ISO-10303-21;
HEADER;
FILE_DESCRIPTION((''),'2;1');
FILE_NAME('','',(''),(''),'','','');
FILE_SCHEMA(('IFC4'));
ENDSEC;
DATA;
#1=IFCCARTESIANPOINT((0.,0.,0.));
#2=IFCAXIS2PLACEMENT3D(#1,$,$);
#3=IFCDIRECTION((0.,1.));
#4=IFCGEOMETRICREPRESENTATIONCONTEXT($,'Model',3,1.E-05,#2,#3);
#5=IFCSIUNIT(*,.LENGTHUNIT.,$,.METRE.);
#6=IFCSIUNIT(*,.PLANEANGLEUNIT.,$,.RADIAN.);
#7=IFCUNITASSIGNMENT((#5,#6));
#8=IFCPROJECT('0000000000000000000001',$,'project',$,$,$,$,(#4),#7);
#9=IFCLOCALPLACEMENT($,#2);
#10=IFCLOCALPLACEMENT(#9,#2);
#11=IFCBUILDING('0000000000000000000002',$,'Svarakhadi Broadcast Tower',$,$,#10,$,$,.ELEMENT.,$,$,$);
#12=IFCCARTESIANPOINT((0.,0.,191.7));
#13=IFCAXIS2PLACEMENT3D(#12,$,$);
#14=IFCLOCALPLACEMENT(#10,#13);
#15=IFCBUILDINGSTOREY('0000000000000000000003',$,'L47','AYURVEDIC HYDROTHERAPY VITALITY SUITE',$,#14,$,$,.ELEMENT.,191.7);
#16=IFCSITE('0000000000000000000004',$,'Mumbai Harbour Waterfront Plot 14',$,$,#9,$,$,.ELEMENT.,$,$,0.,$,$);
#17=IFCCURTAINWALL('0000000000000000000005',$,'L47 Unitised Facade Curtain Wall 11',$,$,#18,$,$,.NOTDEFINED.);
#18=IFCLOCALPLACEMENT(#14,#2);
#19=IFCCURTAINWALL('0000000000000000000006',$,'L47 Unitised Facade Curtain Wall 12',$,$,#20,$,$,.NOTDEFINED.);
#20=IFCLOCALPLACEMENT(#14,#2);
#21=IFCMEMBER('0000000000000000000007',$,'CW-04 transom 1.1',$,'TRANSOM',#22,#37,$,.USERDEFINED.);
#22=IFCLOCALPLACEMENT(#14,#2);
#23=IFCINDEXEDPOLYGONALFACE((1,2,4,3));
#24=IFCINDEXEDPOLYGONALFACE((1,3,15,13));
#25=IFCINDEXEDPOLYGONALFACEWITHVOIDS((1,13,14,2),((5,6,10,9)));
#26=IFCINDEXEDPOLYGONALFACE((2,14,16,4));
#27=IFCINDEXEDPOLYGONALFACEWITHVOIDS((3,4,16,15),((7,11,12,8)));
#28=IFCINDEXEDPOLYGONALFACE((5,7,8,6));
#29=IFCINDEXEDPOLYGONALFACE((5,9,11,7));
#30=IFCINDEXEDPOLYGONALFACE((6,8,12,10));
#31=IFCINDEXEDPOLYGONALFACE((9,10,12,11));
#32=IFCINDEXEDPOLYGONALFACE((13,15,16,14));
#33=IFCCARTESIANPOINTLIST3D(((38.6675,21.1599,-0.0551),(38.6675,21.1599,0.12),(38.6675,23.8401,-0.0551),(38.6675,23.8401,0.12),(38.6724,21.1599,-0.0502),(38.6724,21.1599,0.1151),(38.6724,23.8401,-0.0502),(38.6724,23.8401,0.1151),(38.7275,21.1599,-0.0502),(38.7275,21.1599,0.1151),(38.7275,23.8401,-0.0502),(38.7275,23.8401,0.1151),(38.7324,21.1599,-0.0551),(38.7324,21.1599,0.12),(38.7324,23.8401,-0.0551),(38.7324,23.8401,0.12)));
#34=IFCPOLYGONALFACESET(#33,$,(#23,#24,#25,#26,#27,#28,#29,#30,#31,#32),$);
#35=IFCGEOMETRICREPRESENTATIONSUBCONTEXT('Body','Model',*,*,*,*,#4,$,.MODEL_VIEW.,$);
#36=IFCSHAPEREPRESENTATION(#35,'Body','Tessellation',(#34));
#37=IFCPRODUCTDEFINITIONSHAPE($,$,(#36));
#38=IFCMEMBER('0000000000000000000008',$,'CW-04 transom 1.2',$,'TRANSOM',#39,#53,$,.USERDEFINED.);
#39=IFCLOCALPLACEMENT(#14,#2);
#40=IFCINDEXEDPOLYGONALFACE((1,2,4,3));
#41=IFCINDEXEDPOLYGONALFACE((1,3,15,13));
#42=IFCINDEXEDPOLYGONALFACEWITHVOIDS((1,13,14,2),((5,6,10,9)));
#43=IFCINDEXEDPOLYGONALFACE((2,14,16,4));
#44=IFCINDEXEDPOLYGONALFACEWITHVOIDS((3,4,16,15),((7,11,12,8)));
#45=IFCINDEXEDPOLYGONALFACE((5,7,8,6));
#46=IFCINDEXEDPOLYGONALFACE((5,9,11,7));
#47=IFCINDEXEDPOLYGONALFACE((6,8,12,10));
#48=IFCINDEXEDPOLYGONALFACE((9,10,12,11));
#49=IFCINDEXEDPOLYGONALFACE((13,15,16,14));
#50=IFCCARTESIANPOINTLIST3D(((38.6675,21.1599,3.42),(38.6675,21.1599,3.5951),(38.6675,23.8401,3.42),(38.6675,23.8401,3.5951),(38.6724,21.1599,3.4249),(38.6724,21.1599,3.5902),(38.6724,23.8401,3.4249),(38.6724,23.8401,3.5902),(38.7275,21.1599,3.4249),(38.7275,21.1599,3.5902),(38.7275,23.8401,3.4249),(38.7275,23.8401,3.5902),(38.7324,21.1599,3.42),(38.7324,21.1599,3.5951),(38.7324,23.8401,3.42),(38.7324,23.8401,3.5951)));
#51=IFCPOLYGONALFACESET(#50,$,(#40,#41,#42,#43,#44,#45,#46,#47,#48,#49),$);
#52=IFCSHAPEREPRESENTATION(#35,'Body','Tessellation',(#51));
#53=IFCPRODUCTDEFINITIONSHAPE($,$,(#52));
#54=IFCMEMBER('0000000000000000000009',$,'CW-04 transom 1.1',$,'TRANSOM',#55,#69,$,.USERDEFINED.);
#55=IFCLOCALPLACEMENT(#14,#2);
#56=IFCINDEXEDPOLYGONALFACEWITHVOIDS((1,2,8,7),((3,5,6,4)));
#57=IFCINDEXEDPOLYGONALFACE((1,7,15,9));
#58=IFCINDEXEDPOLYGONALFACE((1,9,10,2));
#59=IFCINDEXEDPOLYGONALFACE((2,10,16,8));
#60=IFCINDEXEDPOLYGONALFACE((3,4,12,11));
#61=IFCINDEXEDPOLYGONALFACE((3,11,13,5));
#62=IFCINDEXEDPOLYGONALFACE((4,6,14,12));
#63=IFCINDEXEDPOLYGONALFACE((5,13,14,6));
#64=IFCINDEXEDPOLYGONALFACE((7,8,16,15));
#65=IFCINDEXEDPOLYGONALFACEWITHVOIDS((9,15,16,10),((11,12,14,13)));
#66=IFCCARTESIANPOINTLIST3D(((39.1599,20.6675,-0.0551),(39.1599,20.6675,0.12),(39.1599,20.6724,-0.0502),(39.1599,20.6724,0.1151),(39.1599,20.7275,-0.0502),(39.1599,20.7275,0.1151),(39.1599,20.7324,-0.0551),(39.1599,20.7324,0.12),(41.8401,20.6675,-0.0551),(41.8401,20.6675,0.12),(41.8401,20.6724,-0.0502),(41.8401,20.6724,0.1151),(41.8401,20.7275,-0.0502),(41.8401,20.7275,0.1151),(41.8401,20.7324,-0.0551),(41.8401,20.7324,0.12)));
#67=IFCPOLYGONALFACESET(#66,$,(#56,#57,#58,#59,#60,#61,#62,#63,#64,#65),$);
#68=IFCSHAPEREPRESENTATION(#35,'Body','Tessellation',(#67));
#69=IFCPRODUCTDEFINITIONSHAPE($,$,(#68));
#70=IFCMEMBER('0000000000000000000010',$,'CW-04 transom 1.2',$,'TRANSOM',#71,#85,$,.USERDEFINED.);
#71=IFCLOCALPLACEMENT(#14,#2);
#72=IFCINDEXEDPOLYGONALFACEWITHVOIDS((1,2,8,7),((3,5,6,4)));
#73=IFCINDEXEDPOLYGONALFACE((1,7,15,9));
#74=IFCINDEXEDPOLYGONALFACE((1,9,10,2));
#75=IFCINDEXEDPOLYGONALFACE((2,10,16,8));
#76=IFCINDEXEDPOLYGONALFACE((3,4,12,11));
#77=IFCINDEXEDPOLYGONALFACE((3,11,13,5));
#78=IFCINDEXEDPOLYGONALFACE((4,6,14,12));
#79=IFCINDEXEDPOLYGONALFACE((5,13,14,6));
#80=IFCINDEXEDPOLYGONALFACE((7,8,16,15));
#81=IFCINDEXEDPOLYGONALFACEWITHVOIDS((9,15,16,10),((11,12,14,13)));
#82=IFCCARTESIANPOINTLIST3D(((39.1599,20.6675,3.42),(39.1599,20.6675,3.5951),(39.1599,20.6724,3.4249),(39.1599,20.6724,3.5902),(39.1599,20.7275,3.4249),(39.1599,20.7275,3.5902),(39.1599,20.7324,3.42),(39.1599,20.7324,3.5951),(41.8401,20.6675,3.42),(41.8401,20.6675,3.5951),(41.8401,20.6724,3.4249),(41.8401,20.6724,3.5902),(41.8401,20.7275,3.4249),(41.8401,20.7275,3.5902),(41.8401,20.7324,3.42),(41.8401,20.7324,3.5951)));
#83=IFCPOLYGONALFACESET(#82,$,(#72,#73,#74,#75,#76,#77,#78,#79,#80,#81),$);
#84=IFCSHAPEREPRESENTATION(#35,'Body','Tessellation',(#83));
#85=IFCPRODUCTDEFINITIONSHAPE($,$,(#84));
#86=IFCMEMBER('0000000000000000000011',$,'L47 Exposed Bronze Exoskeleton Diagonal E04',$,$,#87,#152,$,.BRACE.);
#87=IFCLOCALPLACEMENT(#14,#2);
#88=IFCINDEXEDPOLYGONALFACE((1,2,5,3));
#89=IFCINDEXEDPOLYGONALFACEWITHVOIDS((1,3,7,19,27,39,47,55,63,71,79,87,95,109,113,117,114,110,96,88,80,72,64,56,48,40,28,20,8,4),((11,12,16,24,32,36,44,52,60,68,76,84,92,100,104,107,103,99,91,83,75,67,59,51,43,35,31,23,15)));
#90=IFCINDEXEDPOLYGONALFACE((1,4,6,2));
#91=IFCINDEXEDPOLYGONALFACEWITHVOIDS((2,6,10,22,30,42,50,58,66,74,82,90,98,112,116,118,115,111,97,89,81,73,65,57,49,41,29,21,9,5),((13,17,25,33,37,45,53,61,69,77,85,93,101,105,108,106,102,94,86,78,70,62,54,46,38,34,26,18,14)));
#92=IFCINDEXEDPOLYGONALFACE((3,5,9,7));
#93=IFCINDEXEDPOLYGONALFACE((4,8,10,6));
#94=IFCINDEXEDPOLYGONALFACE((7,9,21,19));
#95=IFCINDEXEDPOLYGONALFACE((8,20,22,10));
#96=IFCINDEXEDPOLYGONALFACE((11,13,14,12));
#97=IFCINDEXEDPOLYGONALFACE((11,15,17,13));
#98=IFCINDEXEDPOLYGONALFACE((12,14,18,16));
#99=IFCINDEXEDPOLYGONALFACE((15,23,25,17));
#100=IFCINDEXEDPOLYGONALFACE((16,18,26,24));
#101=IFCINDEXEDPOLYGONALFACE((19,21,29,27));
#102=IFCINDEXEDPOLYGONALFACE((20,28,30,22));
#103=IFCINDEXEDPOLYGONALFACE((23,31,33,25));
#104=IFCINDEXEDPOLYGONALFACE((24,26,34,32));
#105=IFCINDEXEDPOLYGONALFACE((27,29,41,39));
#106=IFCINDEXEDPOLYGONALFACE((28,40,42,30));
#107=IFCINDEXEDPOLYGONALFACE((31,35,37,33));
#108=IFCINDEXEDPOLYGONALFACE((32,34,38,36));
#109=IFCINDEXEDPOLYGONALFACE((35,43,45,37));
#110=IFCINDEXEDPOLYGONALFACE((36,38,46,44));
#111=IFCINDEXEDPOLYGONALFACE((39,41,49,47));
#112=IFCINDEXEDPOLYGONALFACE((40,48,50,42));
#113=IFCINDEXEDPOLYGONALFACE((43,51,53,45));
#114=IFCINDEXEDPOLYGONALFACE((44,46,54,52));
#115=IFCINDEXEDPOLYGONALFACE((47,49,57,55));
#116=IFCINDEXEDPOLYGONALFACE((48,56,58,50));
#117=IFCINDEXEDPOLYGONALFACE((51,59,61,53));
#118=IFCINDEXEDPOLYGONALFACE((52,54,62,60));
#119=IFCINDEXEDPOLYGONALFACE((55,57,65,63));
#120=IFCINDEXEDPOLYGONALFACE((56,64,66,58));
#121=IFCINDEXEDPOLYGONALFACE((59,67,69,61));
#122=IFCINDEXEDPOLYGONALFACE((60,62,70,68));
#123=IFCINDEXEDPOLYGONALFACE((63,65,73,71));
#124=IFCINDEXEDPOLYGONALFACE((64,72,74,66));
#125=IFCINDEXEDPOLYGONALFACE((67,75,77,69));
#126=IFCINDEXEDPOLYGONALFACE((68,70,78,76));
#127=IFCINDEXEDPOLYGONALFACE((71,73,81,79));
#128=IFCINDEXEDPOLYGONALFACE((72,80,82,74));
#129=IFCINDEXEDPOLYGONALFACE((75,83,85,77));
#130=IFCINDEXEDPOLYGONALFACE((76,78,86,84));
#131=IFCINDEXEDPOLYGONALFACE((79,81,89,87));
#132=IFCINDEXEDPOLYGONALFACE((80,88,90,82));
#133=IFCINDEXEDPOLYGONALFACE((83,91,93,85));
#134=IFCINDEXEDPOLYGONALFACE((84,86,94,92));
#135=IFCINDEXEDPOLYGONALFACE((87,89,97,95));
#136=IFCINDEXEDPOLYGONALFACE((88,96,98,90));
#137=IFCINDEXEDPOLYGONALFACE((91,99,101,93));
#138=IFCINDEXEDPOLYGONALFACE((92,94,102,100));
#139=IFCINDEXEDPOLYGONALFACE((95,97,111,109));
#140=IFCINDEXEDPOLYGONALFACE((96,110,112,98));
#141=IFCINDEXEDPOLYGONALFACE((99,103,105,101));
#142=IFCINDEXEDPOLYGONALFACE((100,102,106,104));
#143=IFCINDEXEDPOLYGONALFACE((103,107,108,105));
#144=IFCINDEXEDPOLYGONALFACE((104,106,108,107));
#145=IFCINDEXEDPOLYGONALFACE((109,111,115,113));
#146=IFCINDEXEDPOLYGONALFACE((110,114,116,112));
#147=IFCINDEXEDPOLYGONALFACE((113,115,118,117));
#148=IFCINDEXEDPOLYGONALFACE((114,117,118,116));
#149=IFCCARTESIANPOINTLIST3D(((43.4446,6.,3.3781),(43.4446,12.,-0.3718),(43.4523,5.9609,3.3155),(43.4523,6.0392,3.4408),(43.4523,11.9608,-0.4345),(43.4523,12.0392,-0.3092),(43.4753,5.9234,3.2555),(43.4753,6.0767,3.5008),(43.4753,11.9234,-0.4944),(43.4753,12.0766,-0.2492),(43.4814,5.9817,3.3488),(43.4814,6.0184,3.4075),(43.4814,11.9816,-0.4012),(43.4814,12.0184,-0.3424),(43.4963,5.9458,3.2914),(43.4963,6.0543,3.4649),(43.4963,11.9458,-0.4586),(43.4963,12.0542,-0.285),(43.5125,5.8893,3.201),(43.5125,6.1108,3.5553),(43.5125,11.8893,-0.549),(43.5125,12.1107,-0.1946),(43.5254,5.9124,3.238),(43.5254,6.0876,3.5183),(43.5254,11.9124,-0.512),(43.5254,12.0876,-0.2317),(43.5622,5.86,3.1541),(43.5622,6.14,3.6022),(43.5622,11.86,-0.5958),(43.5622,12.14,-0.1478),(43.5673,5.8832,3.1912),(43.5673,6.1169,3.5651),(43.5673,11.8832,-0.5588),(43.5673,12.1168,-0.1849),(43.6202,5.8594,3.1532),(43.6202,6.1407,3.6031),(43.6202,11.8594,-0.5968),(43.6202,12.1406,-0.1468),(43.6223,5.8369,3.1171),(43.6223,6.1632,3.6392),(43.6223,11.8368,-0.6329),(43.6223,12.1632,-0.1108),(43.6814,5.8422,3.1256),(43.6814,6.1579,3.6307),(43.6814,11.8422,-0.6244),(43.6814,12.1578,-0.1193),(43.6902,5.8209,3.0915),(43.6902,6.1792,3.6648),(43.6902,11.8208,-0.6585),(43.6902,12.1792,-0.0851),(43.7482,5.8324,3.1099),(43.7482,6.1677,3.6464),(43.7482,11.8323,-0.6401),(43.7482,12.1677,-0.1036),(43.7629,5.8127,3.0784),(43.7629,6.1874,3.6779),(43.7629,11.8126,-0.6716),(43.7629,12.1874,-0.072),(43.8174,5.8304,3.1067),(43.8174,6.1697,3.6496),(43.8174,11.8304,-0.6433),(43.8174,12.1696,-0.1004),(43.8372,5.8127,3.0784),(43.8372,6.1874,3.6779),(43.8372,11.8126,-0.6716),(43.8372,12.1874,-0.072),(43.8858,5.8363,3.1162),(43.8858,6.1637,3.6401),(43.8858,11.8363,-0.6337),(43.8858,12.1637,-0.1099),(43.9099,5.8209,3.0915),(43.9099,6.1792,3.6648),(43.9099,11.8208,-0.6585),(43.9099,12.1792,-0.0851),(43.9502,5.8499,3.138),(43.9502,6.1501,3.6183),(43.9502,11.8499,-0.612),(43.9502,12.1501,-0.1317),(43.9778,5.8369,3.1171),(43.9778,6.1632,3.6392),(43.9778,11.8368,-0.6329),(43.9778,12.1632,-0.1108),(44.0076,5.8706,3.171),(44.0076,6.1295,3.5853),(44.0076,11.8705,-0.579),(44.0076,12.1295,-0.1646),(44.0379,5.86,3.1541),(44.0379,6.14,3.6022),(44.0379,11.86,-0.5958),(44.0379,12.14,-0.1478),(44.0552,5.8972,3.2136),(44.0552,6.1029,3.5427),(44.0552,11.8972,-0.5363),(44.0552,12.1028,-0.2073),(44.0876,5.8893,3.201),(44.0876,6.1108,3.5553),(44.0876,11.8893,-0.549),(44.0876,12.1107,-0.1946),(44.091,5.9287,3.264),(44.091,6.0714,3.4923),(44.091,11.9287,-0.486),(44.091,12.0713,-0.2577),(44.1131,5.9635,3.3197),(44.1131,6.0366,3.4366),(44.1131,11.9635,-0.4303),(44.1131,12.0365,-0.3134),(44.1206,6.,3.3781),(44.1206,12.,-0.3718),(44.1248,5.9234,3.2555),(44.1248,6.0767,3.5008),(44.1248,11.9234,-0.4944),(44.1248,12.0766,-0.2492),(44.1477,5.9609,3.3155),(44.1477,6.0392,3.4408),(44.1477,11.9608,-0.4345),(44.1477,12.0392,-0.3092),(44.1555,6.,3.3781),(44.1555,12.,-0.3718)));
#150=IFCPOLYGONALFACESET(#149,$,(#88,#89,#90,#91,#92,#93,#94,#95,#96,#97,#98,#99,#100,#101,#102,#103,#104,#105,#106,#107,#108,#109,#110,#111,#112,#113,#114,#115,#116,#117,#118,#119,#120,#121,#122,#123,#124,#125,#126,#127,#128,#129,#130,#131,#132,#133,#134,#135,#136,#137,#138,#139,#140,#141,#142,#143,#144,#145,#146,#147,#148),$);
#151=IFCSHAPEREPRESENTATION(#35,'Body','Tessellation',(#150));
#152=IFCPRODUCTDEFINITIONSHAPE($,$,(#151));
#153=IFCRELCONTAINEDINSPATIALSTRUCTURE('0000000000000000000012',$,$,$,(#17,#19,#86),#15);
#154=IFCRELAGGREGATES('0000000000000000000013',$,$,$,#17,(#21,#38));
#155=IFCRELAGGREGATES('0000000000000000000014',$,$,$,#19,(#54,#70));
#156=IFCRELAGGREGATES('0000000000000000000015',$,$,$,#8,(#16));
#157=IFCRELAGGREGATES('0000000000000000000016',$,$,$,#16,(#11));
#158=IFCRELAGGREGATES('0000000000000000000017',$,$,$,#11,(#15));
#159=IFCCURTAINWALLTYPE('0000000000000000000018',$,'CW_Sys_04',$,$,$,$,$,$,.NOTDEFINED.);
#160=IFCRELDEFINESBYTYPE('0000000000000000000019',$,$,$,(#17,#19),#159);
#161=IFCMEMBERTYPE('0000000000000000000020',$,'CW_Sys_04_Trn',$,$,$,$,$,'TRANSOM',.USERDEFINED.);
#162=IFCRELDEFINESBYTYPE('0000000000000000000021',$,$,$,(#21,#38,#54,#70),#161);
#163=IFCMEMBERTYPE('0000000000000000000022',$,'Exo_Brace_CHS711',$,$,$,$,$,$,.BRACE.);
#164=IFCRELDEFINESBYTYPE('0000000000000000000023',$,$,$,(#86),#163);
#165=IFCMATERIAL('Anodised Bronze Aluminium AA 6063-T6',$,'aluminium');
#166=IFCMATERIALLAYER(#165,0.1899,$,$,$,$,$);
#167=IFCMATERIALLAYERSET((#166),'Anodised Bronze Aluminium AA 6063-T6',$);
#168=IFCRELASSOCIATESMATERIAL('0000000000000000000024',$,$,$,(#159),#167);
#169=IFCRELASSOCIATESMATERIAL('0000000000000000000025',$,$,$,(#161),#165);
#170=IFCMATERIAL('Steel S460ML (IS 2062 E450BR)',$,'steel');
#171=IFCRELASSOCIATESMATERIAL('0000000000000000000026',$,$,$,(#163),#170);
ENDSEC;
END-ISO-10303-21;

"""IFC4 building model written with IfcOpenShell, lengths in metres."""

from ifc_helpers import new_model, si_unit, direction, frame, origin, origin_2d, place, context, subcontext, project, spatial, hollow_rectangle, hollow_circle, extrude, material, layer, layer_set, material_profile, profile_set, type_object, element, aggregate, save


model = new_model("IFC4")

# Units and contexts
model_context = context("Model", 3, precision=1e-05, world=origin(), true_north=direction((0.0, 1.0)))
body_context = subcontext(model_context, "Body", "Model", "MODEL_VIEW")
ifc_project = project(units=[si_unit("LENGTHUNIT", "METRE"), si_unit("PLANEANGLEUNIT", "RADIAN")], contexts=[model_context])

# Site, building, storey
site_placement = place(None, origin())
site = spatial("IfcSite", under=ifc_project, at=site_placement, Name="Mumbai Harbour Waterfront Plot 14", CompositionType="ELEMENT", RefElevation=0.0)
building_placement = place(site_placement, origin())
building = spatial("IfcBuilding", under=site, at=building_placement, Name="Svarakhadi Broadcast Tower", CompositionType="ELEMENT")
storey_placement = place(building_placement, frame((0.0, 0.0, 191.7)))
storey = spatial("IfcBuildingStorey", under=building, at=storey_placement, Name="L47", Description="AYURVEDIC HYDROTHERAPY VITALITY SUITE", CompositionType="ELEMENT", Elevation=191.7)

# Shared definitions
ifc_material_1 = material(Name="Steel S460ML (IS 2062 E450BR)", Category="steel")

# Shared definitions
ifc_material_2 = material(Name="Anodised Bronze Aluminium AA 6063-T6", Category="aluminium")
ifc_layer_1 = layer(ifc_material_2, 0.1899)
ifc_layer_set_1 = layer_set([ifc_layer_1], Name="Anodised Bronze Aluminium AA 6063-T6")
curtain_wall_type = type_object("IfcCurtainWallType", Name="CW_Sys_04", PredefinedType="NOTDEFINED", material=ifc_layer_set_1)

# Curtain walls
curtain_wall_1_placement = place(storey_placement, origin())
curtain_wall_1 = element("IfcCurtainWall", 1, at=curtain_wall_1_placement, inside=storey, type_object=curtain_wall_type, Name="L47 Unitised Facade Curtain Wall 11", PredefinedType="NOTDEFINED")
curtain_wall_2_placement = place(storey_placement, origin())
curtain_wall_2 = element("IfcCurtainWall", 2, at=curtain_wall_2_placement, inside=storey, type_object=curtain_wall_type, Name="L47 Unitised Facade Curtain Wall 12", PredefinedType="NOTDEFINED")

# Members
ifc_material_profile_1 = material_profile(ifc_material_2, hollow_rectangle(XDim=0.0649, YDim=0.175, WallThickness=0.0049, at=origin_2d()), Name="ALU TRANSOM 175x65x5")
ifc_profile_set_1 = profile_set([ifc_material_profile_1], Name="Anodised Bronze Aluminium AA 6063-T6")
member_type_1 = type_object("IfcMemberType", Name="CW_Sys_04_Trn", ElementType="TRANSOM", PredefinedType="USERDEFINED", material=ifc_profile_set_1)
member_1_placement = place(storey_placement, frame((38.7, 23.8401, 0.0325), z_axis=(0.0, -1.0, 0.0), x_axis=(1.0, 0.0, 0.0)))
member_1 = element("IfcMember", 3, at=member_1_placement, type_object=member_type_1, Name="CW-04 transom 1.1", ObjectType="TRANSOM", PredefinedType="USERDEFINED", context=body_context, shape_type="SweptSolid", body=[
    extrude(hollow_rectangle(XDim=0.0649, YDim=0.175, WallThickness=0.0049, at=origin_2d()), origin(), (0.0, 0.0, 1.0), 2.6802),
])
member_2_placement = place(storey_placement, frame((38.7, 23.8401, 3.5076), z_axis=(0.0, -1.0, 0.0), x_axis=(1.0, 0.0, 0.0)))
member_2 = element("IfcMember", 4, at=member_2_placement, type_object=member_type_1, Name="CW-04 transom 1.2", ObjectType="TRANSOM", PredefinedType="USERDEFINED", context=body_context, shape_type="SweptSolid", body=[
    extrude(hollow_rectangle(XDim=0.0649, YDim=0.175, WallThickness=0.0049, at=origin_2d()), origin(), (0.0, 0.0, 1.0), 2.6802),
])
member_3_placement = place(storey_placement, frame((39.1599, 20.7, 0.0325), z_axis=(1.0, 0.0, 0.0), x_axis=(0.0, 1.0, 0.0)))
member_3 = element("IfcMember", 5, at=member_3_placement, type_object=member_type_1, Name="CW-04 transom 1.1", ObjectType="TRANSOM", PredefinedType="USERDEFINED", context=body_context, shape_type="SweptSolid", body=[
    extrude(hollow_rectangle(XDim=0.0649, YDim=0.175, WallThickness=0.0049, at=origin_2d()), origin(), (0.0, 0.0, 1.0), 2.6802),
])
member_4_placement = place(storey_placement, frame((39.1599, 20.7, 3.5076), z_axis=(1.0, 0.0, 0.0), x_axis=(0.0, 1.0, 0.0)))
member_4 = element("IfcMember", 6, at=member_4_placement, type_object=member_type_1, Name="CW-04 transom 1.2", ObjectType="TRANSOM", PredefinedType="USERDEFINED", context=body_context, shape_type="SweptSolid", body=[
    extrude(hollow_rectangle(XDim=0.0649, YDim=0.175, WallThickness=0.0049, at=origin_2d()), origin(), (0.0, 0.0, 1.0), 2.6802),
])

# Member
ifc_material_profile_2 = material_profile(ifc_material_1, hollow_circle(Radius=0.3555, WallThickness=0.0349, at=origin_2d()), Name="CHS 711x35")
ifc_profile_set_2 = profile_set([ifc_material_profile_2], Name="Steel S460ML (IS 2062 E450BR)")
member_type_2 = type_object("IfcMemberType", Name="Exo_Brace_CHS711", PredefinedType="BRACE", material=ifc_profile_set_2)
for number, where, z_axis, x_axis, name in (
    (7, (43.8, 12.0, -0.3718), (0.0, -0.847998, 0.529999), (1.0, 0.0, 0.0), "L47 Exposed Bronze Exoskeleton Diagonal E04"),
):
    element("IfcMember", number, at=place(storey_placement, frame(where, z_axis=z_axis, x_axis=x_axis)), inside=storey, type_object=member_type_2, Name=name, PredefinedType="BRACE", context=body_context, shape_type="SweptSolid", body=[
        extrude(hollow_circle(Radius=0.3555, WallThickness=0.0349, at=origin_2d()), origin(), (0.0, 0.0, 1.0), 7.0754),
    ])

aggregate(curtain_wall_1, [member_1, member_2])
aggregate(curtain_wall_2, [member_3, member_4])

save(model, "model.ifc")
